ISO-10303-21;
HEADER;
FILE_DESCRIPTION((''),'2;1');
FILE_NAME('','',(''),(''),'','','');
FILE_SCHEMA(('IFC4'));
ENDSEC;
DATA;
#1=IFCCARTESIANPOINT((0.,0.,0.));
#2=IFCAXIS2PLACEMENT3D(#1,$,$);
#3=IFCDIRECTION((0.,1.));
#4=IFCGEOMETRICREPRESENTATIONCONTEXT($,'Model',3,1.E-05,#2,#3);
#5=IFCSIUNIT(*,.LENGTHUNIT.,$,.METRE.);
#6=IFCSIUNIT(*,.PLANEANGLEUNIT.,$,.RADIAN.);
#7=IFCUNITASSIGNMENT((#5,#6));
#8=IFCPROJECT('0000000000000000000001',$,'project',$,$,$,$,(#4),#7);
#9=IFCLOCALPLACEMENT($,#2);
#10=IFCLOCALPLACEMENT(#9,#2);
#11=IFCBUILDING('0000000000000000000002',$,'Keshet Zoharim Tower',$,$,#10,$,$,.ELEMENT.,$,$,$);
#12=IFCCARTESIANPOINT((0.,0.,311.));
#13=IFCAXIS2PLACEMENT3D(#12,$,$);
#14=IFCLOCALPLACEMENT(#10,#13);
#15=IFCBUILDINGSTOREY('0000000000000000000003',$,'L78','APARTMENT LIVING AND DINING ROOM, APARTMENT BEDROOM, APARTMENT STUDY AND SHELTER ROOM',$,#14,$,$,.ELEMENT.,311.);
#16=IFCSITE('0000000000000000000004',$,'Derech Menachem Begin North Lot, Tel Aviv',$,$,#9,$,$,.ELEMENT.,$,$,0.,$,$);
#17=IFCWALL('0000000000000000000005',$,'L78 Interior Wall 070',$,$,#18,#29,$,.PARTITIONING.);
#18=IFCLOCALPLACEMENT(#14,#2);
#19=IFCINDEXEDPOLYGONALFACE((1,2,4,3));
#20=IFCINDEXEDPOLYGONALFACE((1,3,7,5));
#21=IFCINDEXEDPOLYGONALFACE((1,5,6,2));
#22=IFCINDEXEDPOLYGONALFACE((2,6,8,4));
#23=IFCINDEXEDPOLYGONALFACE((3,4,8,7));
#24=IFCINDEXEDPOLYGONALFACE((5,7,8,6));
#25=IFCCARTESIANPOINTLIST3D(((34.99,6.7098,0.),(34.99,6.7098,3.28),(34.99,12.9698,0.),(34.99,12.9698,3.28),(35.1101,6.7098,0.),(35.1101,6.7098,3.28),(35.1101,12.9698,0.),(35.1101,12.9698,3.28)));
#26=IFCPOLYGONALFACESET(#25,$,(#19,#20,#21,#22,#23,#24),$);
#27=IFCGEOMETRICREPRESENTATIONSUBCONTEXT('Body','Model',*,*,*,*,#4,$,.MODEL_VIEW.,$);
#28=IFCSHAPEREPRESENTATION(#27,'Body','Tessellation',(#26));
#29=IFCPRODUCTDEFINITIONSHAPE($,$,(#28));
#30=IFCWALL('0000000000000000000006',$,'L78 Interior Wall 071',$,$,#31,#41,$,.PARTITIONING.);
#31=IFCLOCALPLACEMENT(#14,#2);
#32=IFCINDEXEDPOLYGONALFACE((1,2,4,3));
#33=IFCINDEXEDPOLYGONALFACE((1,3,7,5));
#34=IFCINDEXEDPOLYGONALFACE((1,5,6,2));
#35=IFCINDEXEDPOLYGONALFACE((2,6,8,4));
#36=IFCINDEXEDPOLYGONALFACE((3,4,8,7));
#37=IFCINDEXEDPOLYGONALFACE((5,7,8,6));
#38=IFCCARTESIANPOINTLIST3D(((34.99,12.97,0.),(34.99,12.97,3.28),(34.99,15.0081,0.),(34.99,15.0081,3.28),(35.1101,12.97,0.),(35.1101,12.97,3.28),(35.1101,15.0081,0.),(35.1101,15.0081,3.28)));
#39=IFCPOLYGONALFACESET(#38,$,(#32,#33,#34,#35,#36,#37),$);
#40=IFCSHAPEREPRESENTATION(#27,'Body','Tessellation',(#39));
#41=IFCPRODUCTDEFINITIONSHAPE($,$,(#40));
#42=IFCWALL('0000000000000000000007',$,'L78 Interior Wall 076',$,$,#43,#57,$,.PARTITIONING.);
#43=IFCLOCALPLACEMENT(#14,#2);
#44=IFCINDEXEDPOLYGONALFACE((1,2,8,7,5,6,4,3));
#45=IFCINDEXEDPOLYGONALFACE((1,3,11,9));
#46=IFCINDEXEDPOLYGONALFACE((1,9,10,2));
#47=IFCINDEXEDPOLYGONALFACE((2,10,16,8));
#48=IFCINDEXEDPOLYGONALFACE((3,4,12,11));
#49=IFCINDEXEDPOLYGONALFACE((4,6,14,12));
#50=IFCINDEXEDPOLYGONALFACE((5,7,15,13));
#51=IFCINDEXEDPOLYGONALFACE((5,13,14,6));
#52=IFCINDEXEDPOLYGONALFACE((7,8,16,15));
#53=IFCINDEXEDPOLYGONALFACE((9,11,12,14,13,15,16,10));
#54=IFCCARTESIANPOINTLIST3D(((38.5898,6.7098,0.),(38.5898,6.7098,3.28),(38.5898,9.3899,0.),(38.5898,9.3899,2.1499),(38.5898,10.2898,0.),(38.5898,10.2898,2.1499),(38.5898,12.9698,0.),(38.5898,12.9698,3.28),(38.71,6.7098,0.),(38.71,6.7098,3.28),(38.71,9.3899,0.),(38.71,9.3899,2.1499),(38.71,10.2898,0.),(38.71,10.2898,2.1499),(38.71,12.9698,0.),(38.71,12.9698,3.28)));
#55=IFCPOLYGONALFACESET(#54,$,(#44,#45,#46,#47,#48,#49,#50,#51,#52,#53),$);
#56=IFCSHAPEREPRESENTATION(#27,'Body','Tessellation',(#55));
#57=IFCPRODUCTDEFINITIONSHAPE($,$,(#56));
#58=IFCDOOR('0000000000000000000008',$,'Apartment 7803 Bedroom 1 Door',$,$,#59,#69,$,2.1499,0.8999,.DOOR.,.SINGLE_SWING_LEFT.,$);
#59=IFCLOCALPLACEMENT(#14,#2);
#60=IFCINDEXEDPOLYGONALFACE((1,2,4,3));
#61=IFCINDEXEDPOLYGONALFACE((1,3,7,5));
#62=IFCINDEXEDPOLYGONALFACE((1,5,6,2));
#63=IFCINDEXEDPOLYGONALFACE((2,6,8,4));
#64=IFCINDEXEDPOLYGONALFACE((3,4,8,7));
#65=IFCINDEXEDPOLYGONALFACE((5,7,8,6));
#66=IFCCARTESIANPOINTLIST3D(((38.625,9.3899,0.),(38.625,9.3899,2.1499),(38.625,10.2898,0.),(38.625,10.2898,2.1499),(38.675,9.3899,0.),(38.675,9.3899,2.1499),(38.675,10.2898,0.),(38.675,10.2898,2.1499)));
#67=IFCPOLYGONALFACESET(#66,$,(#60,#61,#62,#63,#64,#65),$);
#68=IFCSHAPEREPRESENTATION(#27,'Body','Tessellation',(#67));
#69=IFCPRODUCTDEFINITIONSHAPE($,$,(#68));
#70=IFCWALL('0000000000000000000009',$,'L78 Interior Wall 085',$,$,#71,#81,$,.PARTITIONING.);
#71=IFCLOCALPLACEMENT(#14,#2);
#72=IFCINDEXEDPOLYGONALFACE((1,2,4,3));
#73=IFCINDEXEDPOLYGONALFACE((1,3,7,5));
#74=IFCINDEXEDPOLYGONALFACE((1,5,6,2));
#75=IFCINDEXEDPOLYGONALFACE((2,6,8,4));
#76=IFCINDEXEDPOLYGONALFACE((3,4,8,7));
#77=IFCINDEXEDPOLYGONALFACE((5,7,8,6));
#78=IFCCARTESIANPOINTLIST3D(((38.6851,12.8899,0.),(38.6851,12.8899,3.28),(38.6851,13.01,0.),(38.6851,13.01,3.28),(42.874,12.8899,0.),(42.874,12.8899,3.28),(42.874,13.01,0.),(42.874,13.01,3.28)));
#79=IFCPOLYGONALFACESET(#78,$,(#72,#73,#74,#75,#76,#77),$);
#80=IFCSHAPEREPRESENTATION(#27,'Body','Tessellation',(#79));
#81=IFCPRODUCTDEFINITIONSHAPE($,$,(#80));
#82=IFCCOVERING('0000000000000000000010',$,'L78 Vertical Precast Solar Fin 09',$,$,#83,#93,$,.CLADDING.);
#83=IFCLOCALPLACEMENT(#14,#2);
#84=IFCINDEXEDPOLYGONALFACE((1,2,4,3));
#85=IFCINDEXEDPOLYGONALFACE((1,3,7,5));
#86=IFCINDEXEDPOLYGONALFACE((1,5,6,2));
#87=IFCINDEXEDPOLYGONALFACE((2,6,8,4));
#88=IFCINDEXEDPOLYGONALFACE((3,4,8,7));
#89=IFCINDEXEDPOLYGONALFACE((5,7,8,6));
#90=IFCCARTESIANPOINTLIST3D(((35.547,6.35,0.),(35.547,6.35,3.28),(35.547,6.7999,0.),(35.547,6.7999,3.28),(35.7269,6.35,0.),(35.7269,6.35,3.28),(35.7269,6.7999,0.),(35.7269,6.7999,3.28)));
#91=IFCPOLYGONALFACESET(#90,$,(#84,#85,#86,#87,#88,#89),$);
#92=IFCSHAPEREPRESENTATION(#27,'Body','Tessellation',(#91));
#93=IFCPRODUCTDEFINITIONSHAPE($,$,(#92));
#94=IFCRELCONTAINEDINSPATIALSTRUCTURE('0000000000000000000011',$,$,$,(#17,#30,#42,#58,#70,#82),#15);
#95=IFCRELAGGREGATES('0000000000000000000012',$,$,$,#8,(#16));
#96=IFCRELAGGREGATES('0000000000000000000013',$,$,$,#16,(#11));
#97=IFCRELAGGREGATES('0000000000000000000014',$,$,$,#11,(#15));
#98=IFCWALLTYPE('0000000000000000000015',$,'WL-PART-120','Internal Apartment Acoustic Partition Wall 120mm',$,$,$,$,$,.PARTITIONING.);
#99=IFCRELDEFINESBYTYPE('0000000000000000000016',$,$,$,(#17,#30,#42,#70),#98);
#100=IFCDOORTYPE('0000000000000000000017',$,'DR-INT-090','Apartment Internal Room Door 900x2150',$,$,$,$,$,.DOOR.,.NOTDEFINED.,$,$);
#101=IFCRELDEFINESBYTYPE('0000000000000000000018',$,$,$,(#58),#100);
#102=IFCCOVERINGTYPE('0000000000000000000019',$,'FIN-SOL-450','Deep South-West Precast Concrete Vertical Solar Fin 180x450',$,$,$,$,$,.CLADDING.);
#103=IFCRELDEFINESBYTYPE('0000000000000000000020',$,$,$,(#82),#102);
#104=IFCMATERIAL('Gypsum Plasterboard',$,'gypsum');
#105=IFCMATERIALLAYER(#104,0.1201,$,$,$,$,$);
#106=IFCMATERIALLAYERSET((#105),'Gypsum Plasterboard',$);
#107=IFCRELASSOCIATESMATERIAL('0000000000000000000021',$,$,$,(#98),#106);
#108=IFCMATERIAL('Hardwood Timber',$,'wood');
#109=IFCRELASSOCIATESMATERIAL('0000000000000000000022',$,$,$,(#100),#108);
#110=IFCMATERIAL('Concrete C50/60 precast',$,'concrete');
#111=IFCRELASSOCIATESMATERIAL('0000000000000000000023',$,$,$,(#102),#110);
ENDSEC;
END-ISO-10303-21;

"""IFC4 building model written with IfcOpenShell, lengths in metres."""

from ifc_helpers import new_model, si_unit, direction, frame, frame_2d, origin, origin_2d, place, context, subcontext, project, spatial, rectangle, extrude, material, layer, layer_set, type_object, element, fill, save


model = new_model("IFC4")

# Units and contexts
model_context = context("Model", 3, precision=1e-05, world=origin(), true_north=direction((0.0, 1.0)))
body_context = subcontext(model_context, "Body", "Model", "MODEL_VIEW")
ifc_project = project(units=[si_unit("LENGTHUNIT", "METRE"), si_unit("PLANEANGLEUNIT", "RADIAN")], contexts=[model_context])

# Site, building, storey
site_placement = place(None, origin())
site = spatial("IfcSite", under=ifc_project, at=site_placement, Name="Derech Menachem Begin North Lot, Tel Aviv", CompositionType="ELEMENT", RefElevation=0.0)
building_placement = place(site_placement, origin())
building = spatial("IfcBuilding", under=site, at=building_placement, Name="Keshet Zoharim Tower", CompositionType="ELEMENT")
storey_placement = place(building_placement, frame((0.0, 0.0, 311.0)))
storey = spatial("IfcBuildingStorey", under=building, at=storey_placement, Name="L78", Description="APARTMENT LIVING AND DINING ROOM, APARTMENT BEDROOM, APARTMENT STUDY AND SHELTER ROOM", CompositionType="ELEMENT", Elevation=311.0)

# Walls
ifc_material_1 = material(Name="Gypsum Plasterboard", Category="gypsum")
ifc_layer_1 = layer(ifc_material_1, 0.1201)
ifc_layer_set_1 = layer_set([ifc_layer_1], Name="Gypsum Plasterboard")
wall_type = type_object("IfcWallType", Name="WL-PART-120", Description="Internal Apartment Acoustic Partition Wall 120mm", PredefinedType="PARTITIONING", material=ifc_layer_set_1)
wall_1_placement = place(storey_placement, frame((35.05, 6.71, 0.0), z_axis=(0.0, 0.0, 1.0), x_axis=(0.0, 1.0, 0.0)))
element("IfcWall", 1, at=wall_1_placement, inside=storey, type_object=wall_type, Name="L78 Interior Wall 070", PredefinedType="PARTITIONING", context=body_context, shape_type="SweptSolid", body=[
    extrude(rectangle(XDim=6.26, YDim=0.1201, at=frame_2d((3.1299, 0.0))), origin(), (0.0, 0.0, 1.0), 3.28),
])
wall_2_placement = place(storey_placement, frame((35.05, 12.97, 0.0), z_axis=(0.0, 0.0, 1.0), x_axis=(0.0, 1.0, 0.0)))
element("IfcWall", 2, at=wall_2_placement, inside=storey, type_object=wall_type, Name="L78 Interior Wall 071", PredefinedType="PARTITIONING", context=body_context, shape_type="SweptSolid", body=[
    extrude(rectangle(XDim=2.0381, YDim=0.1201, at=frame_2d((1.019, 0.0))), origin(), (0.0, 0.0, 1.0), 3.28),
])

# Wall, opening, door
wall_3_placement = place(storey_placement, frame((38.6499, 6.71, 0.0), z_axis=(0.0, 0.0, 1.0), x_axis=(0.0, 1.0, 0.0)))
wall_3 = element("IfcWall", 3, at=wall_3_placement, inside=storey, type_object=wall_type, Name="L78 Interior Wall 076", PredefinedType="PARTITIONING", context=body_context, shape_type="SweptSolid", body=[
    extrude(rectangle(XDim=6.26, YDim=0.1201, at=frame_2d((3.1299, 0.0))), origin(), (0.0, 0.0, 1.0), 3.28),
])
opening_placement = place(wall_3_placement, frame((2.6799, 0.0, 0.0)))
opening = element("IfcOpeningElement", 4, at=opening_placement, cuts=wall_3, PredefinedType="OPENING", context=body_context, shape_type="SweptSolid", body=[
    extrude(rectangle(XDim=0.8999, YDim=2.1499, at=frame_2d((0.45, 1.075))), frame((0.0, 0.0701, 0.0), z_axis=(0.0, -1.0, 0.0), x_axis=(1.0, 0.0, 0.0)), (0.0, 0.0, 1.0), 0.1401),
])
ifc_material_2 = material(Name="Hardwood Timber", Category="wood")
door_type = type_object("IfcDoorType", Name="DR-INT-090", Description="Apartment Internal Room Door 900x2150", OperationType="NOTDEFINED", PredefinedType="DOOR", material=ifc_material_2)
door_placement = place(opening_placement, origin())
door = element("IfcDoor", 5, at=door_placement, inside=storey, type_object=door_type, Name="Apartment 7803 Bedroom 1 Door", OperationType="SINGLE_SWING_LEFT", OverallHeight=2.1499, OverallWidth=0.8999, PredefinedType="DOOR", context=body_context, shape_type="SweptSolid", body=[
    extrude(rectangle(XDim=0.8999, YDim=2.1499, at=frame_2d((0.45, 1.075))), frame((0.0, 0.0249, 0.0), z_axis=(0.0, -1.0, 0.0), x_axis=(1.0, 0.0, 0.0)), (0.0, 0.0, 1.0), 0.05),
])
fill(opening, door)

# Wall
wall_4_placement = place(storey_placement, frame((38.6851, 12.95, 0.0), z_axis=(0.0, 0.0, 1.0), x_axis=(1.0, 0.0, 0.0)))
element("IfcWall", 6, at=wall_4_placement, inside=storey, type_object=wall_type, Name="L78 Interior Wall 085", PredefinedType="PARTITIONING", context=body_context, shape_type="SweptSolid", body=[
    extrude(rectangle(XDim=4.189, YDim=0.1201, at=frame_2d((2.0945, 0.0))), origin(), (0.0, 0.0, 1.0), 3.28),
])

# Covering
ifc_material_3 = material(Name="Concrete C50/60 precast", Category="concrete")
covering_type = type_object("IfcCoveringType", Name="FIN-SOL-450", Description="Deep South-West Precast Concrete Vertical Solar Fin 180x450", PredefinedType="CLADDING", material=ifc_material_3)
covering_placement = place(storey_placement, frame((35.637, 6.575, 0.0), z_axis=(0.0, 0.0, 1.0), x_axis=(-1.0, 0.0, 0.0)))
element("IfcCovering", 7, at=covering_placement, inside=storey, type_object=covering_type, Name="L78 Vertical Precast Solar Fin 09", PredefinedType="CLADDING", context=body_context, shape_type="SweptSolid", body=[
    extrude(rectangle(XDim=0.1799, YDim=0.45, at=origin_2d()), origin(), (0.0, 0.0, 1.0), 3.28),
])

save(model, "model.ifc")
